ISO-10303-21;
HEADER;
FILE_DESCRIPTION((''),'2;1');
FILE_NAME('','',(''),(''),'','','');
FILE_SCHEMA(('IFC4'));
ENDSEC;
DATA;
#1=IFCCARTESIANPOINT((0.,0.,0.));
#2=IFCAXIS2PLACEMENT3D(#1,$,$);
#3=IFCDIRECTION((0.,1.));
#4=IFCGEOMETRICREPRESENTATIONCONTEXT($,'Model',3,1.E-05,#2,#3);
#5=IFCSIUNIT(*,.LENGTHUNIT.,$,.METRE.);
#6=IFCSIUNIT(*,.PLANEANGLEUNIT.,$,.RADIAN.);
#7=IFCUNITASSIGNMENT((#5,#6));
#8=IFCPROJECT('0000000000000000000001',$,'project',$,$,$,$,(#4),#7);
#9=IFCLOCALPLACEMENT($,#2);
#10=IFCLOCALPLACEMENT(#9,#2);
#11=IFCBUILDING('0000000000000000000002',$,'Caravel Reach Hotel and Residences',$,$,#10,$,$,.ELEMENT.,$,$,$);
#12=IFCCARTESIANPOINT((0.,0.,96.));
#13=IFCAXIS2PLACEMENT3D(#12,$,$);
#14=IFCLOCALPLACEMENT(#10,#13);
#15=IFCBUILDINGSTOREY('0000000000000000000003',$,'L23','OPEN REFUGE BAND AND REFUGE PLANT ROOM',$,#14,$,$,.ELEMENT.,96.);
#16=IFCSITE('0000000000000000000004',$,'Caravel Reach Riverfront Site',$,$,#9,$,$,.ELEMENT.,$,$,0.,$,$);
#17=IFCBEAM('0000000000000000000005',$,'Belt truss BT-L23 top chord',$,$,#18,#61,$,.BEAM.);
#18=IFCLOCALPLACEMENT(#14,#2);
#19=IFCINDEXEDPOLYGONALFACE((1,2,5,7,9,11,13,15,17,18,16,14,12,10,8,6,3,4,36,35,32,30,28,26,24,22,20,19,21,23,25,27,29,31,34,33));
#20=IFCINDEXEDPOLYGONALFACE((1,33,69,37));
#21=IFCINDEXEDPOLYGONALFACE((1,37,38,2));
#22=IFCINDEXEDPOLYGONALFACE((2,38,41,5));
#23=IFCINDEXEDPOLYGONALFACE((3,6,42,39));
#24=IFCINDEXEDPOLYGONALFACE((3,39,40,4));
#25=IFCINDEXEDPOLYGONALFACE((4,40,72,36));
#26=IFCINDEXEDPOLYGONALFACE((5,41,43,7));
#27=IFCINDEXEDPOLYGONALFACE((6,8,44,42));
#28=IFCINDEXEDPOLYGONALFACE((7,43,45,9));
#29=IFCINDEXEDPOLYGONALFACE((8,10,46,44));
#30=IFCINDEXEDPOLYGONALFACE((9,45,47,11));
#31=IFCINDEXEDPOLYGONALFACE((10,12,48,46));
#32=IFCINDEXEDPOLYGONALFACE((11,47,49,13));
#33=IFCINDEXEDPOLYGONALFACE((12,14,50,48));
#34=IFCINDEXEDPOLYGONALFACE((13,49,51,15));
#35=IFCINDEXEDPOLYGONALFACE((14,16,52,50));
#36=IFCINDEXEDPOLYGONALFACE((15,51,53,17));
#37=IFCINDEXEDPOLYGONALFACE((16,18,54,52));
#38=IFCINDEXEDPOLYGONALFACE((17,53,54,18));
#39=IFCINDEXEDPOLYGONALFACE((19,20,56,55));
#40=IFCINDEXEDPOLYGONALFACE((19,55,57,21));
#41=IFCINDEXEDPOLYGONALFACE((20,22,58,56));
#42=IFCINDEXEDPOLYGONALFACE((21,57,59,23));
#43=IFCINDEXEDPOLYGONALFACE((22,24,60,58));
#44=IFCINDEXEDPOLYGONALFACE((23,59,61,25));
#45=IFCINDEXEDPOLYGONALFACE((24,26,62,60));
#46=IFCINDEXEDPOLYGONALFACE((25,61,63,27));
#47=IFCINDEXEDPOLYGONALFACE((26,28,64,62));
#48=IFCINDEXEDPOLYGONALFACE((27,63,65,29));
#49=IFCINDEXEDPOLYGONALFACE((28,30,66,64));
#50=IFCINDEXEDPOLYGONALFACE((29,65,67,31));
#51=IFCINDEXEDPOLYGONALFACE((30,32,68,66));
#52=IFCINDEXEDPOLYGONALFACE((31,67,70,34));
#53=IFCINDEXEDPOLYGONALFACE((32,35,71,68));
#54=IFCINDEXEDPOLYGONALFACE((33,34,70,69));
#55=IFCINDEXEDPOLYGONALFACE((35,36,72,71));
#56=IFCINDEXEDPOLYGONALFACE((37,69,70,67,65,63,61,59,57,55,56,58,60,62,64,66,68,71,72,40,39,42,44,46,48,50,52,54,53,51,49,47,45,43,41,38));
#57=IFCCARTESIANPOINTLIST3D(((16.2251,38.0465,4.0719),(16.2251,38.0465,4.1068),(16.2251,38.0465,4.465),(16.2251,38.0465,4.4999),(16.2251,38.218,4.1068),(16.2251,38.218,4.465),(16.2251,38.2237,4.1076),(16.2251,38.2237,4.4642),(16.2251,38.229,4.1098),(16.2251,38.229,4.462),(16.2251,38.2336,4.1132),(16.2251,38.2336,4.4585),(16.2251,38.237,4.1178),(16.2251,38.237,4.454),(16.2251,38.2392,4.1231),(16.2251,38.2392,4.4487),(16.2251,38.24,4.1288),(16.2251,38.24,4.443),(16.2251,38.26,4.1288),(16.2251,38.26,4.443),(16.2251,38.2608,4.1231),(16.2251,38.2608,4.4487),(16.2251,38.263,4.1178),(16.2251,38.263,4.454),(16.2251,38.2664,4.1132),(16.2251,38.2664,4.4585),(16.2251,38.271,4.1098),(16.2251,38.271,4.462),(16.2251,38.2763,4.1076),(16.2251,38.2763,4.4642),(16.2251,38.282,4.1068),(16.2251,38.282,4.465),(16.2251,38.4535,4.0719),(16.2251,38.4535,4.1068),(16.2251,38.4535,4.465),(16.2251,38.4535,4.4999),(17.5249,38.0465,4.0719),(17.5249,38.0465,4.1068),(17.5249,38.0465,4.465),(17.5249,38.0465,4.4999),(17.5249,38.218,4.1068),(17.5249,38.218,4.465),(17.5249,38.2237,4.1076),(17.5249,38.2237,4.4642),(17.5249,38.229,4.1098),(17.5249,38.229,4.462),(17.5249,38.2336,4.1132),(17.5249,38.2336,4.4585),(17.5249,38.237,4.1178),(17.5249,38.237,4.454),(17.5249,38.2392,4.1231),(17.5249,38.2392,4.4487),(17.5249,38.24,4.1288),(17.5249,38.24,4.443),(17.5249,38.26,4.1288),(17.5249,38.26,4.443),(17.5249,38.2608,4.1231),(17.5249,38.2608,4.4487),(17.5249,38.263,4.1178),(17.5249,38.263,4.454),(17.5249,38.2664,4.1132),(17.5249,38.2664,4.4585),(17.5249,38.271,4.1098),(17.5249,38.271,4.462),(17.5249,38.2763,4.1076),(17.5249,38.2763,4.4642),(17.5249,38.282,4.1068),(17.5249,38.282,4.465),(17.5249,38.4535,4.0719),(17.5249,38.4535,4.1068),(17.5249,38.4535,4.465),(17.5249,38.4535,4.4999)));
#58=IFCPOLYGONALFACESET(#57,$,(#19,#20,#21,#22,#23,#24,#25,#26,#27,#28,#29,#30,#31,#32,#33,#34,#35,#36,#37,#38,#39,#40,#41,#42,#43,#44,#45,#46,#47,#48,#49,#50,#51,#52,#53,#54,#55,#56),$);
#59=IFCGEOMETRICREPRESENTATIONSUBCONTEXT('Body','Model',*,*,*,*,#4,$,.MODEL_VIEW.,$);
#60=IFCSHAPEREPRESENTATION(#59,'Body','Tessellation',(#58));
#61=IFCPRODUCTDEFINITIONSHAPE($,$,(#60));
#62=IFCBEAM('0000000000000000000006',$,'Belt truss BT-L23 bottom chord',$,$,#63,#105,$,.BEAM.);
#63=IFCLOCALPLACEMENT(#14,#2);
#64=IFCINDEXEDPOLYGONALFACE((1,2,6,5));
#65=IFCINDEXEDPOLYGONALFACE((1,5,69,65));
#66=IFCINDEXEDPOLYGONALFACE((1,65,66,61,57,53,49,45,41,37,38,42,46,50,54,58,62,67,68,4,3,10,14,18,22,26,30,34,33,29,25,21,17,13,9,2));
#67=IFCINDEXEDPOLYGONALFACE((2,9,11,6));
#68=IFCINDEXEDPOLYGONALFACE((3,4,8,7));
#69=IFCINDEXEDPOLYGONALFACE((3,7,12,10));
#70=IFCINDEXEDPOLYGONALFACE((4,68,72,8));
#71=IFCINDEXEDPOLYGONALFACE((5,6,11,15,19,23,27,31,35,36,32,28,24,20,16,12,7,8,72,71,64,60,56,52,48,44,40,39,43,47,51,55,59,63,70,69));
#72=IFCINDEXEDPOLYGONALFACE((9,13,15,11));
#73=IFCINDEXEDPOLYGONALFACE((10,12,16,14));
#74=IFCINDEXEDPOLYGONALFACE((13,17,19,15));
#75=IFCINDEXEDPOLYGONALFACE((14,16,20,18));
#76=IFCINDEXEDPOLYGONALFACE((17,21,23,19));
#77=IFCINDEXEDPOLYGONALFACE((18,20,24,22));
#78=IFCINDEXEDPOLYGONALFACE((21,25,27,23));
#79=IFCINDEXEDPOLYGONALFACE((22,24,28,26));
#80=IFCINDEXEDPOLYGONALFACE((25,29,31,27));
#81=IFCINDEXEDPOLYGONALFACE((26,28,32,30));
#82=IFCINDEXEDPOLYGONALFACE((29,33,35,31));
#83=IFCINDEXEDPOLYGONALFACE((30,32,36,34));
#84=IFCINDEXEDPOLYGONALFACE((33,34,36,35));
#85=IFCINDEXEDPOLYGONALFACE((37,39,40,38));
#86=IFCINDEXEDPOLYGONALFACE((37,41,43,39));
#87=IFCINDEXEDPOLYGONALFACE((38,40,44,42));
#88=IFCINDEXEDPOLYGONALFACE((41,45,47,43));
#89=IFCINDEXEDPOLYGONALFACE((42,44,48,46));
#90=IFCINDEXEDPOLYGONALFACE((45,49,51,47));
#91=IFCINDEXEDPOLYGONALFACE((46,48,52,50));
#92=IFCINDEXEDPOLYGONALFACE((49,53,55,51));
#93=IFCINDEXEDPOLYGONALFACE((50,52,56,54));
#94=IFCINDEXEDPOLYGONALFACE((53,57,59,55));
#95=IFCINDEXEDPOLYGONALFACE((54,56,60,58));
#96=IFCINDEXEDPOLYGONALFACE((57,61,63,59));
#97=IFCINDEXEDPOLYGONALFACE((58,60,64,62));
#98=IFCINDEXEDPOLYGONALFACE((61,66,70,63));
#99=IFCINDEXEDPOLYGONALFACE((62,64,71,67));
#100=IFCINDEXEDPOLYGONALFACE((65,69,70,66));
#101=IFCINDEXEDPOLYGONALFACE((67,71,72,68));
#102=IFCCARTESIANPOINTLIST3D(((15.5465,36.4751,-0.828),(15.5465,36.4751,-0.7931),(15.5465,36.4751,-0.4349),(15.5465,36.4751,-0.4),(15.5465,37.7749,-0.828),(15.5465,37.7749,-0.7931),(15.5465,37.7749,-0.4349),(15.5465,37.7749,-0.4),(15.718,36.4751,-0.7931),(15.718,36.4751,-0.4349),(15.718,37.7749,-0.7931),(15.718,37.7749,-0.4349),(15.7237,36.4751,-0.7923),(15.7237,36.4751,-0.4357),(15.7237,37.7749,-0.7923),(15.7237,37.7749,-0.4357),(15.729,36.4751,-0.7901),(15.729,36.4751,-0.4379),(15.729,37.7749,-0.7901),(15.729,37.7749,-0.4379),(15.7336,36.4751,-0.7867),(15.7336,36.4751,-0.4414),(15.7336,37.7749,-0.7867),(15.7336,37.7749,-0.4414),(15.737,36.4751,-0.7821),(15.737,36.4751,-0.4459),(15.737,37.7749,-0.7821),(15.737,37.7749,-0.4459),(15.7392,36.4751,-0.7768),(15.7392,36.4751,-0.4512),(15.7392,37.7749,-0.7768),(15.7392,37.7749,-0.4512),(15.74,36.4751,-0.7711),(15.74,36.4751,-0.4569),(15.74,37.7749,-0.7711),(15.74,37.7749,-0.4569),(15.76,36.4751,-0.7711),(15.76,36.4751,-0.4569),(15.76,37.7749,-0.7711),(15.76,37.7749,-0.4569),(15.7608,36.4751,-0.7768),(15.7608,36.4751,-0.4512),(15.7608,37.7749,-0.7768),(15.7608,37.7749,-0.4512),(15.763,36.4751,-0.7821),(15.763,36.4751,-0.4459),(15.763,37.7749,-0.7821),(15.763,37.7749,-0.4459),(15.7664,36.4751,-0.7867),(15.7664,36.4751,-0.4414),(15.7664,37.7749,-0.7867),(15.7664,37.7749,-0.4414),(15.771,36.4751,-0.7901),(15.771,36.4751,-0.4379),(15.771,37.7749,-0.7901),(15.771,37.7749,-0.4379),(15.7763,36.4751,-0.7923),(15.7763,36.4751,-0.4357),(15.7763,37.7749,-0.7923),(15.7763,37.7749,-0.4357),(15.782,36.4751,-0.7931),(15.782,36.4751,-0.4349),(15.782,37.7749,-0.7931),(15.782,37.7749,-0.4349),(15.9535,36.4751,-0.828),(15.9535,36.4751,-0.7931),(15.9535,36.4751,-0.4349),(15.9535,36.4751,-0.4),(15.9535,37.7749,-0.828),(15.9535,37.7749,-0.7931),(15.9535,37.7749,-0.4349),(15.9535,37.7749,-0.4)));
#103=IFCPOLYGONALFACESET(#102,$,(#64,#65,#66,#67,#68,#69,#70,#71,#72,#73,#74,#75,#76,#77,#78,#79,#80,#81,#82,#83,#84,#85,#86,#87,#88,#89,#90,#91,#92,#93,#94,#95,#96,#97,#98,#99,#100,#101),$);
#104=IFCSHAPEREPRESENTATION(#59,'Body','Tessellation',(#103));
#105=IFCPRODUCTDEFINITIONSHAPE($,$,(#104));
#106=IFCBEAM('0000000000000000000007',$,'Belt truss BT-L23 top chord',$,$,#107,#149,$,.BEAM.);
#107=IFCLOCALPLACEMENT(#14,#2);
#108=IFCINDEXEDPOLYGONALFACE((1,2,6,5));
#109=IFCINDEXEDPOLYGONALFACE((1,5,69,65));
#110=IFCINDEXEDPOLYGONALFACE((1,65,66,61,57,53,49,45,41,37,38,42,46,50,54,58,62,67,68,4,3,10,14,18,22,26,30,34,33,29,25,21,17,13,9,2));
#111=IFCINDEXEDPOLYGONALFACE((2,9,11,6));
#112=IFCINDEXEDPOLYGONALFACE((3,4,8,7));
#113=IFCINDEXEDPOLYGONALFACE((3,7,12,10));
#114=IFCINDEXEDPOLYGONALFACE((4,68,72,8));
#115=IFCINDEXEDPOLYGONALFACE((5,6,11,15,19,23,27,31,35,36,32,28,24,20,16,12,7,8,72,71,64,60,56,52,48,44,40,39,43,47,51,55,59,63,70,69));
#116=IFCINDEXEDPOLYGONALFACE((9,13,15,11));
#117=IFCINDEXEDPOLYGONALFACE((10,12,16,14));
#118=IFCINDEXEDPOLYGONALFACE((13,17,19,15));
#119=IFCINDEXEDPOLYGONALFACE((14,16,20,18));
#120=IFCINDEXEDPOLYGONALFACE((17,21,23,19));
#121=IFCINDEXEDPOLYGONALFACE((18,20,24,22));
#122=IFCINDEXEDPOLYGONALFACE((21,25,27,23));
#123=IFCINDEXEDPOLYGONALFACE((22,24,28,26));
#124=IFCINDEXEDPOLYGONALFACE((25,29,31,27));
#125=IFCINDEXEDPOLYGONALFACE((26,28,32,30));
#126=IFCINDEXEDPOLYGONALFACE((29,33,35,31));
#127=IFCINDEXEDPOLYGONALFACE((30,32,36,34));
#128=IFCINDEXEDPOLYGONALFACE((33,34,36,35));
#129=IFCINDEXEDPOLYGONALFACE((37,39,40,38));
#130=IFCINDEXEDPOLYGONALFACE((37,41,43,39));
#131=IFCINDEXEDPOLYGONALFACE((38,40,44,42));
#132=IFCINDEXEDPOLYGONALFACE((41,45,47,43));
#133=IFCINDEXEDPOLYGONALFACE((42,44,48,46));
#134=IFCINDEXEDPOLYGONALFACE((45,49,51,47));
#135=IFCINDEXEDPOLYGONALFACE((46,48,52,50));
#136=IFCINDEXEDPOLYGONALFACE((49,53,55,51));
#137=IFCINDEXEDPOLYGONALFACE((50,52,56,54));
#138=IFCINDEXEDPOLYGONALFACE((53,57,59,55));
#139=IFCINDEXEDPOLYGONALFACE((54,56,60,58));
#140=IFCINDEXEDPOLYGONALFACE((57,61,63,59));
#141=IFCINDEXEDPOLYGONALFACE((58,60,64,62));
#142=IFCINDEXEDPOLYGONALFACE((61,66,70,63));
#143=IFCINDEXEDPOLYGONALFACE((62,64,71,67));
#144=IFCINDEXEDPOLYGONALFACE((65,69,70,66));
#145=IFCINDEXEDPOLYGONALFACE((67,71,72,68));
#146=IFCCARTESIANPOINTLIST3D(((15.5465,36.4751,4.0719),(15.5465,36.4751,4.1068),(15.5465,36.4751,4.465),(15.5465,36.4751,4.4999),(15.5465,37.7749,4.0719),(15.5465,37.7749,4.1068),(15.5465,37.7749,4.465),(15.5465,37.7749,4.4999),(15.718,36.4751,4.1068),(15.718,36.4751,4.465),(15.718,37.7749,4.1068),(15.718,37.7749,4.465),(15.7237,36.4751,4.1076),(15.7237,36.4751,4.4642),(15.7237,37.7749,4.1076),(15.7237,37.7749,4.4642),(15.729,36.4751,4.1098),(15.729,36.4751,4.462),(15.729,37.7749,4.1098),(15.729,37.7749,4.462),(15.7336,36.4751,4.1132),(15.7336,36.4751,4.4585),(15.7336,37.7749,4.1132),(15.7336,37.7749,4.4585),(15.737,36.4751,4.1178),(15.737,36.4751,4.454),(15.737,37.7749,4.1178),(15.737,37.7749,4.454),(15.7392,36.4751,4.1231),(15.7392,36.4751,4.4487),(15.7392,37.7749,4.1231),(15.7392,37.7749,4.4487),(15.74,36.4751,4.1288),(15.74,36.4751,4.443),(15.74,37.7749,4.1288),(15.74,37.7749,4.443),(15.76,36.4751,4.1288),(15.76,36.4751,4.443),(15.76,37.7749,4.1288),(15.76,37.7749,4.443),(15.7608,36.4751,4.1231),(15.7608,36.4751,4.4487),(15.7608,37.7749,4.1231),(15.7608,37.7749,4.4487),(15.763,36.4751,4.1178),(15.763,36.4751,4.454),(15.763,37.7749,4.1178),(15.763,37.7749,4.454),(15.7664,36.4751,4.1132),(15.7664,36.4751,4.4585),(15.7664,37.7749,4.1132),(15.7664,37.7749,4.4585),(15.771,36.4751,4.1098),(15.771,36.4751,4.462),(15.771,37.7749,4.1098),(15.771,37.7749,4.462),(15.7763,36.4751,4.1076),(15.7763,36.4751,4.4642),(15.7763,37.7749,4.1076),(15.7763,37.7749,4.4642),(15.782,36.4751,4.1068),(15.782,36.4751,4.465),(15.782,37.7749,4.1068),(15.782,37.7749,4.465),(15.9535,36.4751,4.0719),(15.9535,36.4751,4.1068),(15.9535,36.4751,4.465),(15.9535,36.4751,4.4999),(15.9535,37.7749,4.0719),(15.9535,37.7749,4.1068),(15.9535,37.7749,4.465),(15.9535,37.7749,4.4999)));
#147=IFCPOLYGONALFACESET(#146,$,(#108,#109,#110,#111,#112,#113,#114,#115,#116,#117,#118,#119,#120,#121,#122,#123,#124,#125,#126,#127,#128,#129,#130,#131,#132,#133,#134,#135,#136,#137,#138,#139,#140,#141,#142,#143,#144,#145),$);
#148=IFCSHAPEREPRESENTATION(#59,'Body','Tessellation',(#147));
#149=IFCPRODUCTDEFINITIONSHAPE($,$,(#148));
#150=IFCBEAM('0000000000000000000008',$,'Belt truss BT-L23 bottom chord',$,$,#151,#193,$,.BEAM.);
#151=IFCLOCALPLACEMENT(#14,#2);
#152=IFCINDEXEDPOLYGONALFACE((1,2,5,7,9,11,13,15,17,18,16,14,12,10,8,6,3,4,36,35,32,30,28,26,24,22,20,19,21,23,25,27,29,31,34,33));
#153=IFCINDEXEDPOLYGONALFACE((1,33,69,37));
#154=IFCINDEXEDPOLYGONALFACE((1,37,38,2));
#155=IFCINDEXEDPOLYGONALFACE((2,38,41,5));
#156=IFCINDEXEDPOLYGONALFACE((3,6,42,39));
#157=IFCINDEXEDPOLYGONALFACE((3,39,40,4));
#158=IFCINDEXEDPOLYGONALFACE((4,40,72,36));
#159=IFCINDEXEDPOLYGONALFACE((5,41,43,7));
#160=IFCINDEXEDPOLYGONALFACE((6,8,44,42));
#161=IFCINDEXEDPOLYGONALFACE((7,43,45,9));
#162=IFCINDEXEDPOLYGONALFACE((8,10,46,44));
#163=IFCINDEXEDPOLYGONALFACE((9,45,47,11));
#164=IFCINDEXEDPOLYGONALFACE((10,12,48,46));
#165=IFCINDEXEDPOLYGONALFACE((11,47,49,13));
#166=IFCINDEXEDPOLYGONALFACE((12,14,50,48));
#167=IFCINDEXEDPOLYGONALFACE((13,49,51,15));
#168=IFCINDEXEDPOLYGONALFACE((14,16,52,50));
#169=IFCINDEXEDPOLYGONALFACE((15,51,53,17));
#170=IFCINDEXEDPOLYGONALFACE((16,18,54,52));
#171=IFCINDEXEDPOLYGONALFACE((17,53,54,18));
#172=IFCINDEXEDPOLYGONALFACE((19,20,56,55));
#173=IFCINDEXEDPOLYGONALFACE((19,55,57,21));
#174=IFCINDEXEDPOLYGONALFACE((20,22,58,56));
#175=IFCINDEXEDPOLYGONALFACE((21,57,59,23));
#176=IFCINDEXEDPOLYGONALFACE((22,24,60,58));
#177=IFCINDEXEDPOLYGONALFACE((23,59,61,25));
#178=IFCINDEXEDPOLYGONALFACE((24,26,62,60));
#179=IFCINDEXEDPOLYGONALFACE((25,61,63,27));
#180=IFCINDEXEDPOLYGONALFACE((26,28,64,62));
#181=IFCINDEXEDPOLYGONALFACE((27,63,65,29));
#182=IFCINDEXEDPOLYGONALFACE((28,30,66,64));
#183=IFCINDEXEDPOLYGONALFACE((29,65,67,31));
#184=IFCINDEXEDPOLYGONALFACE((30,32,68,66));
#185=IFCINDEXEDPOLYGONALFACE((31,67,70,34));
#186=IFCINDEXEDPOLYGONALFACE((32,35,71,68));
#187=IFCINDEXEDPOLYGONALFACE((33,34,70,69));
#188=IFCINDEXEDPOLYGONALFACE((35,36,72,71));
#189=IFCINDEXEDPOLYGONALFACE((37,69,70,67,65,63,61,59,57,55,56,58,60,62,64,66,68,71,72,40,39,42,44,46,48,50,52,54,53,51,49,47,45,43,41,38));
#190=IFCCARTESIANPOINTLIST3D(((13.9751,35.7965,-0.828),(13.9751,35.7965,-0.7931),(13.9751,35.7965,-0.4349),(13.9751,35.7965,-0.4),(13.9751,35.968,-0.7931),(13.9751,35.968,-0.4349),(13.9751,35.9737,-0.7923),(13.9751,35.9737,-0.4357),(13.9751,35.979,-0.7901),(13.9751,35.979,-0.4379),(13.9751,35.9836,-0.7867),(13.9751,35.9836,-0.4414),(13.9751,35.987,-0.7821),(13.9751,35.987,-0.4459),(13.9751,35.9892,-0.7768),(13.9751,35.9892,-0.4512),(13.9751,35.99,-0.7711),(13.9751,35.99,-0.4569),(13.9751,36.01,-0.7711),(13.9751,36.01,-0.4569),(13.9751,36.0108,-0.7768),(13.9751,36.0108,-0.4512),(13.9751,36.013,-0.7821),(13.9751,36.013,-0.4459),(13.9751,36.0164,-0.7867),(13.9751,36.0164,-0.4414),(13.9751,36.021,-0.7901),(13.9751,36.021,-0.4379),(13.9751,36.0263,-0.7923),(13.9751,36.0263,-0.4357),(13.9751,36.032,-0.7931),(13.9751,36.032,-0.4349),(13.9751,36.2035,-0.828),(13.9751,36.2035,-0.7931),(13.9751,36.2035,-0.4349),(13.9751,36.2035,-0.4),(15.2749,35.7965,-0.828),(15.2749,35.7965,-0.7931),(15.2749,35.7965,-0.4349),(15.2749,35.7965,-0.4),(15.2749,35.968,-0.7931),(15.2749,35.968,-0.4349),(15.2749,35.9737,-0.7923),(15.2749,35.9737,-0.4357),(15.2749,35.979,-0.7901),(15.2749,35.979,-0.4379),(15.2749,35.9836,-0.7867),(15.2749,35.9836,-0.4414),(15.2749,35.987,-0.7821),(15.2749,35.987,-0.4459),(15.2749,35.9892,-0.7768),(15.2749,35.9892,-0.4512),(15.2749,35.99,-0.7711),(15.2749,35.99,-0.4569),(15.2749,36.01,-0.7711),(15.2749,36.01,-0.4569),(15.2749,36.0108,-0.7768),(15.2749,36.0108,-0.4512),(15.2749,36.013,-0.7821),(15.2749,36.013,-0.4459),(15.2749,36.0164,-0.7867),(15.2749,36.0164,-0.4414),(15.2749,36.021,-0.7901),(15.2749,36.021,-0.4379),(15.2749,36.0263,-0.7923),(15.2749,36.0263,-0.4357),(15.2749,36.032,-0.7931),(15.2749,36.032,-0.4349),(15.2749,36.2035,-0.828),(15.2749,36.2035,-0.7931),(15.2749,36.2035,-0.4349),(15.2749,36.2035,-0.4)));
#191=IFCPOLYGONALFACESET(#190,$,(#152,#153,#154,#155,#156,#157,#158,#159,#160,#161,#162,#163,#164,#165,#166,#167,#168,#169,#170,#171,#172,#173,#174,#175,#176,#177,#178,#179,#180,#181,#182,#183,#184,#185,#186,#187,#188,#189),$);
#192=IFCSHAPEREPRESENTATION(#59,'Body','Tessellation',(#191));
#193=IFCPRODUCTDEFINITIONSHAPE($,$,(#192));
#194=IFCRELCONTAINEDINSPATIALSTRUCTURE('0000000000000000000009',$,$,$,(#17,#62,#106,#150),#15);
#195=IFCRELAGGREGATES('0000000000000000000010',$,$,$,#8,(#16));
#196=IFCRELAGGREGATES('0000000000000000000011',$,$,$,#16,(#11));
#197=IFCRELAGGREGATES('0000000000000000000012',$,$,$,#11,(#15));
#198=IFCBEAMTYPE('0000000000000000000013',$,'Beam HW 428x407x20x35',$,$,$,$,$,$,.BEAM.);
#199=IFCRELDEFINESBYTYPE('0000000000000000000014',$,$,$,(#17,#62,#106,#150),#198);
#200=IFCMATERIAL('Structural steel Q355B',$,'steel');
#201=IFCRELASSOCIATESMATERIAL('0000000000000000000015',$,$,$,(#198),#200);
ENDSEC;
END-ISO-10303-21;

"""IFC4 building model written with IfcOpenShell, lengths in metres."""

from ifc_helpers import new_model, si_unit, direction, frame, origin, origin_2d, place, context, subcontext, project, spatial, i_section, extrude, material, material_profile, profile_set, type_object, element, save


model = new_model("IFC4")

# Units and contexts
model_context = context("Model", 3, precision=1e-05, world=origin(), true_north=direction((0.0, 1.0)))
body_context = subcontext(model_context, "Body", "Model", "MODEL_VIEW")
ifc_project = project(units=[si_unit("LENGTHUNIT", "METRE"), si_unit("PLANEANGLEUNIT", "RADIAN")], contexts=[model_context])

# Site, building, storey
site_placement = place(None, origin())
site = spatial("IfcSite", under=ifc_project, at=site_placement, Name="Caravel Reach Riverfront Site", CompositionType="ELEMENT", RefElevation=0.0)
building_placement = place(site_placement, origin())
building = spatial("IfcBuilding", under=site, at=building_placement, Name="Caravel Reach Hotel and Residences", CompositionType="ELEMENT")
storey_placement = place(building_placement, frame((0.0, 0.0, 96.0)))
storey = spatial("IfcBuildingStorey", under=building, at=storey_placement, Name="L23", Description="OPEN REFUGE BAND AND REFUGE PLANT ROOM", CompositionType="ELEMENT", Elevation=96.0)

# Beams
ifc_material_1 = material(Name="Structural steel Q355B", Category="steel")
ifc_material_profile_1 = material_profile(ifc_material_1, i_section(OverallWidth=0.407, OverallDepth=0.428, WebThickness=0.02, FlangeThickness=0.0349, FilletRadius=0.022, at=origin_2d()), Name="HW 428x407x20x35")
ifc_profile_set_1 = profile_set([ifc_material_profile_1], Name="Structural steel Q355B")
beam_type_1 = type_object("IfcBeamType", Name="Beam HW 428x407x20x35", PredefinedType="BEAM", material=ifc_profile_set_1)
for number, where, z_axis, x_axis, name in (
    (1, (17.5249, 38.25, 4.2859), (-1.0, 0.0, 0.0), (0.0, -1.0, 0.0), "Belt truss BT-L23 top chord"),
    (2, (15.75, 37.7749, -0.614), (0.0, -1.0, 0.0), (1.0, 0.0, 0.0), "Belt truss BT-L23 bottom chord"),
    (3, (15.75, 37.7749, 4.2859), (0.0, -1.0, 0.0), (1.0, 0.0, 0.0), "Belt truss BT-L23 top chord"),
    (4, (15.2749, 36.0, -0.614), (-1.0, 0.0, 0.0), (0.0, -1.0, 0.0), "Belt truss BT-L23 bottom chord"),
):
    element("IfcBeam", number, at=place(storey_placement, frame(where, z_axis=z_axis, x_axis=x_axis)), inside=storey, type_object=beam_type_1, Name=name, PredefinedType="BEAM", context=body_context, shape_type="SweptSolid", body=[
        extrude(i_section(OverallWidth=0.407, OverallDepth=0.428, WebThickness=0.02, FlangeThickness=0.0349, FilletRadius=0.022, at=origin_2d()), origin(), (0.0, 0.0, 1.0), 1.2998),
    ])

save(model, "model.ifc")
